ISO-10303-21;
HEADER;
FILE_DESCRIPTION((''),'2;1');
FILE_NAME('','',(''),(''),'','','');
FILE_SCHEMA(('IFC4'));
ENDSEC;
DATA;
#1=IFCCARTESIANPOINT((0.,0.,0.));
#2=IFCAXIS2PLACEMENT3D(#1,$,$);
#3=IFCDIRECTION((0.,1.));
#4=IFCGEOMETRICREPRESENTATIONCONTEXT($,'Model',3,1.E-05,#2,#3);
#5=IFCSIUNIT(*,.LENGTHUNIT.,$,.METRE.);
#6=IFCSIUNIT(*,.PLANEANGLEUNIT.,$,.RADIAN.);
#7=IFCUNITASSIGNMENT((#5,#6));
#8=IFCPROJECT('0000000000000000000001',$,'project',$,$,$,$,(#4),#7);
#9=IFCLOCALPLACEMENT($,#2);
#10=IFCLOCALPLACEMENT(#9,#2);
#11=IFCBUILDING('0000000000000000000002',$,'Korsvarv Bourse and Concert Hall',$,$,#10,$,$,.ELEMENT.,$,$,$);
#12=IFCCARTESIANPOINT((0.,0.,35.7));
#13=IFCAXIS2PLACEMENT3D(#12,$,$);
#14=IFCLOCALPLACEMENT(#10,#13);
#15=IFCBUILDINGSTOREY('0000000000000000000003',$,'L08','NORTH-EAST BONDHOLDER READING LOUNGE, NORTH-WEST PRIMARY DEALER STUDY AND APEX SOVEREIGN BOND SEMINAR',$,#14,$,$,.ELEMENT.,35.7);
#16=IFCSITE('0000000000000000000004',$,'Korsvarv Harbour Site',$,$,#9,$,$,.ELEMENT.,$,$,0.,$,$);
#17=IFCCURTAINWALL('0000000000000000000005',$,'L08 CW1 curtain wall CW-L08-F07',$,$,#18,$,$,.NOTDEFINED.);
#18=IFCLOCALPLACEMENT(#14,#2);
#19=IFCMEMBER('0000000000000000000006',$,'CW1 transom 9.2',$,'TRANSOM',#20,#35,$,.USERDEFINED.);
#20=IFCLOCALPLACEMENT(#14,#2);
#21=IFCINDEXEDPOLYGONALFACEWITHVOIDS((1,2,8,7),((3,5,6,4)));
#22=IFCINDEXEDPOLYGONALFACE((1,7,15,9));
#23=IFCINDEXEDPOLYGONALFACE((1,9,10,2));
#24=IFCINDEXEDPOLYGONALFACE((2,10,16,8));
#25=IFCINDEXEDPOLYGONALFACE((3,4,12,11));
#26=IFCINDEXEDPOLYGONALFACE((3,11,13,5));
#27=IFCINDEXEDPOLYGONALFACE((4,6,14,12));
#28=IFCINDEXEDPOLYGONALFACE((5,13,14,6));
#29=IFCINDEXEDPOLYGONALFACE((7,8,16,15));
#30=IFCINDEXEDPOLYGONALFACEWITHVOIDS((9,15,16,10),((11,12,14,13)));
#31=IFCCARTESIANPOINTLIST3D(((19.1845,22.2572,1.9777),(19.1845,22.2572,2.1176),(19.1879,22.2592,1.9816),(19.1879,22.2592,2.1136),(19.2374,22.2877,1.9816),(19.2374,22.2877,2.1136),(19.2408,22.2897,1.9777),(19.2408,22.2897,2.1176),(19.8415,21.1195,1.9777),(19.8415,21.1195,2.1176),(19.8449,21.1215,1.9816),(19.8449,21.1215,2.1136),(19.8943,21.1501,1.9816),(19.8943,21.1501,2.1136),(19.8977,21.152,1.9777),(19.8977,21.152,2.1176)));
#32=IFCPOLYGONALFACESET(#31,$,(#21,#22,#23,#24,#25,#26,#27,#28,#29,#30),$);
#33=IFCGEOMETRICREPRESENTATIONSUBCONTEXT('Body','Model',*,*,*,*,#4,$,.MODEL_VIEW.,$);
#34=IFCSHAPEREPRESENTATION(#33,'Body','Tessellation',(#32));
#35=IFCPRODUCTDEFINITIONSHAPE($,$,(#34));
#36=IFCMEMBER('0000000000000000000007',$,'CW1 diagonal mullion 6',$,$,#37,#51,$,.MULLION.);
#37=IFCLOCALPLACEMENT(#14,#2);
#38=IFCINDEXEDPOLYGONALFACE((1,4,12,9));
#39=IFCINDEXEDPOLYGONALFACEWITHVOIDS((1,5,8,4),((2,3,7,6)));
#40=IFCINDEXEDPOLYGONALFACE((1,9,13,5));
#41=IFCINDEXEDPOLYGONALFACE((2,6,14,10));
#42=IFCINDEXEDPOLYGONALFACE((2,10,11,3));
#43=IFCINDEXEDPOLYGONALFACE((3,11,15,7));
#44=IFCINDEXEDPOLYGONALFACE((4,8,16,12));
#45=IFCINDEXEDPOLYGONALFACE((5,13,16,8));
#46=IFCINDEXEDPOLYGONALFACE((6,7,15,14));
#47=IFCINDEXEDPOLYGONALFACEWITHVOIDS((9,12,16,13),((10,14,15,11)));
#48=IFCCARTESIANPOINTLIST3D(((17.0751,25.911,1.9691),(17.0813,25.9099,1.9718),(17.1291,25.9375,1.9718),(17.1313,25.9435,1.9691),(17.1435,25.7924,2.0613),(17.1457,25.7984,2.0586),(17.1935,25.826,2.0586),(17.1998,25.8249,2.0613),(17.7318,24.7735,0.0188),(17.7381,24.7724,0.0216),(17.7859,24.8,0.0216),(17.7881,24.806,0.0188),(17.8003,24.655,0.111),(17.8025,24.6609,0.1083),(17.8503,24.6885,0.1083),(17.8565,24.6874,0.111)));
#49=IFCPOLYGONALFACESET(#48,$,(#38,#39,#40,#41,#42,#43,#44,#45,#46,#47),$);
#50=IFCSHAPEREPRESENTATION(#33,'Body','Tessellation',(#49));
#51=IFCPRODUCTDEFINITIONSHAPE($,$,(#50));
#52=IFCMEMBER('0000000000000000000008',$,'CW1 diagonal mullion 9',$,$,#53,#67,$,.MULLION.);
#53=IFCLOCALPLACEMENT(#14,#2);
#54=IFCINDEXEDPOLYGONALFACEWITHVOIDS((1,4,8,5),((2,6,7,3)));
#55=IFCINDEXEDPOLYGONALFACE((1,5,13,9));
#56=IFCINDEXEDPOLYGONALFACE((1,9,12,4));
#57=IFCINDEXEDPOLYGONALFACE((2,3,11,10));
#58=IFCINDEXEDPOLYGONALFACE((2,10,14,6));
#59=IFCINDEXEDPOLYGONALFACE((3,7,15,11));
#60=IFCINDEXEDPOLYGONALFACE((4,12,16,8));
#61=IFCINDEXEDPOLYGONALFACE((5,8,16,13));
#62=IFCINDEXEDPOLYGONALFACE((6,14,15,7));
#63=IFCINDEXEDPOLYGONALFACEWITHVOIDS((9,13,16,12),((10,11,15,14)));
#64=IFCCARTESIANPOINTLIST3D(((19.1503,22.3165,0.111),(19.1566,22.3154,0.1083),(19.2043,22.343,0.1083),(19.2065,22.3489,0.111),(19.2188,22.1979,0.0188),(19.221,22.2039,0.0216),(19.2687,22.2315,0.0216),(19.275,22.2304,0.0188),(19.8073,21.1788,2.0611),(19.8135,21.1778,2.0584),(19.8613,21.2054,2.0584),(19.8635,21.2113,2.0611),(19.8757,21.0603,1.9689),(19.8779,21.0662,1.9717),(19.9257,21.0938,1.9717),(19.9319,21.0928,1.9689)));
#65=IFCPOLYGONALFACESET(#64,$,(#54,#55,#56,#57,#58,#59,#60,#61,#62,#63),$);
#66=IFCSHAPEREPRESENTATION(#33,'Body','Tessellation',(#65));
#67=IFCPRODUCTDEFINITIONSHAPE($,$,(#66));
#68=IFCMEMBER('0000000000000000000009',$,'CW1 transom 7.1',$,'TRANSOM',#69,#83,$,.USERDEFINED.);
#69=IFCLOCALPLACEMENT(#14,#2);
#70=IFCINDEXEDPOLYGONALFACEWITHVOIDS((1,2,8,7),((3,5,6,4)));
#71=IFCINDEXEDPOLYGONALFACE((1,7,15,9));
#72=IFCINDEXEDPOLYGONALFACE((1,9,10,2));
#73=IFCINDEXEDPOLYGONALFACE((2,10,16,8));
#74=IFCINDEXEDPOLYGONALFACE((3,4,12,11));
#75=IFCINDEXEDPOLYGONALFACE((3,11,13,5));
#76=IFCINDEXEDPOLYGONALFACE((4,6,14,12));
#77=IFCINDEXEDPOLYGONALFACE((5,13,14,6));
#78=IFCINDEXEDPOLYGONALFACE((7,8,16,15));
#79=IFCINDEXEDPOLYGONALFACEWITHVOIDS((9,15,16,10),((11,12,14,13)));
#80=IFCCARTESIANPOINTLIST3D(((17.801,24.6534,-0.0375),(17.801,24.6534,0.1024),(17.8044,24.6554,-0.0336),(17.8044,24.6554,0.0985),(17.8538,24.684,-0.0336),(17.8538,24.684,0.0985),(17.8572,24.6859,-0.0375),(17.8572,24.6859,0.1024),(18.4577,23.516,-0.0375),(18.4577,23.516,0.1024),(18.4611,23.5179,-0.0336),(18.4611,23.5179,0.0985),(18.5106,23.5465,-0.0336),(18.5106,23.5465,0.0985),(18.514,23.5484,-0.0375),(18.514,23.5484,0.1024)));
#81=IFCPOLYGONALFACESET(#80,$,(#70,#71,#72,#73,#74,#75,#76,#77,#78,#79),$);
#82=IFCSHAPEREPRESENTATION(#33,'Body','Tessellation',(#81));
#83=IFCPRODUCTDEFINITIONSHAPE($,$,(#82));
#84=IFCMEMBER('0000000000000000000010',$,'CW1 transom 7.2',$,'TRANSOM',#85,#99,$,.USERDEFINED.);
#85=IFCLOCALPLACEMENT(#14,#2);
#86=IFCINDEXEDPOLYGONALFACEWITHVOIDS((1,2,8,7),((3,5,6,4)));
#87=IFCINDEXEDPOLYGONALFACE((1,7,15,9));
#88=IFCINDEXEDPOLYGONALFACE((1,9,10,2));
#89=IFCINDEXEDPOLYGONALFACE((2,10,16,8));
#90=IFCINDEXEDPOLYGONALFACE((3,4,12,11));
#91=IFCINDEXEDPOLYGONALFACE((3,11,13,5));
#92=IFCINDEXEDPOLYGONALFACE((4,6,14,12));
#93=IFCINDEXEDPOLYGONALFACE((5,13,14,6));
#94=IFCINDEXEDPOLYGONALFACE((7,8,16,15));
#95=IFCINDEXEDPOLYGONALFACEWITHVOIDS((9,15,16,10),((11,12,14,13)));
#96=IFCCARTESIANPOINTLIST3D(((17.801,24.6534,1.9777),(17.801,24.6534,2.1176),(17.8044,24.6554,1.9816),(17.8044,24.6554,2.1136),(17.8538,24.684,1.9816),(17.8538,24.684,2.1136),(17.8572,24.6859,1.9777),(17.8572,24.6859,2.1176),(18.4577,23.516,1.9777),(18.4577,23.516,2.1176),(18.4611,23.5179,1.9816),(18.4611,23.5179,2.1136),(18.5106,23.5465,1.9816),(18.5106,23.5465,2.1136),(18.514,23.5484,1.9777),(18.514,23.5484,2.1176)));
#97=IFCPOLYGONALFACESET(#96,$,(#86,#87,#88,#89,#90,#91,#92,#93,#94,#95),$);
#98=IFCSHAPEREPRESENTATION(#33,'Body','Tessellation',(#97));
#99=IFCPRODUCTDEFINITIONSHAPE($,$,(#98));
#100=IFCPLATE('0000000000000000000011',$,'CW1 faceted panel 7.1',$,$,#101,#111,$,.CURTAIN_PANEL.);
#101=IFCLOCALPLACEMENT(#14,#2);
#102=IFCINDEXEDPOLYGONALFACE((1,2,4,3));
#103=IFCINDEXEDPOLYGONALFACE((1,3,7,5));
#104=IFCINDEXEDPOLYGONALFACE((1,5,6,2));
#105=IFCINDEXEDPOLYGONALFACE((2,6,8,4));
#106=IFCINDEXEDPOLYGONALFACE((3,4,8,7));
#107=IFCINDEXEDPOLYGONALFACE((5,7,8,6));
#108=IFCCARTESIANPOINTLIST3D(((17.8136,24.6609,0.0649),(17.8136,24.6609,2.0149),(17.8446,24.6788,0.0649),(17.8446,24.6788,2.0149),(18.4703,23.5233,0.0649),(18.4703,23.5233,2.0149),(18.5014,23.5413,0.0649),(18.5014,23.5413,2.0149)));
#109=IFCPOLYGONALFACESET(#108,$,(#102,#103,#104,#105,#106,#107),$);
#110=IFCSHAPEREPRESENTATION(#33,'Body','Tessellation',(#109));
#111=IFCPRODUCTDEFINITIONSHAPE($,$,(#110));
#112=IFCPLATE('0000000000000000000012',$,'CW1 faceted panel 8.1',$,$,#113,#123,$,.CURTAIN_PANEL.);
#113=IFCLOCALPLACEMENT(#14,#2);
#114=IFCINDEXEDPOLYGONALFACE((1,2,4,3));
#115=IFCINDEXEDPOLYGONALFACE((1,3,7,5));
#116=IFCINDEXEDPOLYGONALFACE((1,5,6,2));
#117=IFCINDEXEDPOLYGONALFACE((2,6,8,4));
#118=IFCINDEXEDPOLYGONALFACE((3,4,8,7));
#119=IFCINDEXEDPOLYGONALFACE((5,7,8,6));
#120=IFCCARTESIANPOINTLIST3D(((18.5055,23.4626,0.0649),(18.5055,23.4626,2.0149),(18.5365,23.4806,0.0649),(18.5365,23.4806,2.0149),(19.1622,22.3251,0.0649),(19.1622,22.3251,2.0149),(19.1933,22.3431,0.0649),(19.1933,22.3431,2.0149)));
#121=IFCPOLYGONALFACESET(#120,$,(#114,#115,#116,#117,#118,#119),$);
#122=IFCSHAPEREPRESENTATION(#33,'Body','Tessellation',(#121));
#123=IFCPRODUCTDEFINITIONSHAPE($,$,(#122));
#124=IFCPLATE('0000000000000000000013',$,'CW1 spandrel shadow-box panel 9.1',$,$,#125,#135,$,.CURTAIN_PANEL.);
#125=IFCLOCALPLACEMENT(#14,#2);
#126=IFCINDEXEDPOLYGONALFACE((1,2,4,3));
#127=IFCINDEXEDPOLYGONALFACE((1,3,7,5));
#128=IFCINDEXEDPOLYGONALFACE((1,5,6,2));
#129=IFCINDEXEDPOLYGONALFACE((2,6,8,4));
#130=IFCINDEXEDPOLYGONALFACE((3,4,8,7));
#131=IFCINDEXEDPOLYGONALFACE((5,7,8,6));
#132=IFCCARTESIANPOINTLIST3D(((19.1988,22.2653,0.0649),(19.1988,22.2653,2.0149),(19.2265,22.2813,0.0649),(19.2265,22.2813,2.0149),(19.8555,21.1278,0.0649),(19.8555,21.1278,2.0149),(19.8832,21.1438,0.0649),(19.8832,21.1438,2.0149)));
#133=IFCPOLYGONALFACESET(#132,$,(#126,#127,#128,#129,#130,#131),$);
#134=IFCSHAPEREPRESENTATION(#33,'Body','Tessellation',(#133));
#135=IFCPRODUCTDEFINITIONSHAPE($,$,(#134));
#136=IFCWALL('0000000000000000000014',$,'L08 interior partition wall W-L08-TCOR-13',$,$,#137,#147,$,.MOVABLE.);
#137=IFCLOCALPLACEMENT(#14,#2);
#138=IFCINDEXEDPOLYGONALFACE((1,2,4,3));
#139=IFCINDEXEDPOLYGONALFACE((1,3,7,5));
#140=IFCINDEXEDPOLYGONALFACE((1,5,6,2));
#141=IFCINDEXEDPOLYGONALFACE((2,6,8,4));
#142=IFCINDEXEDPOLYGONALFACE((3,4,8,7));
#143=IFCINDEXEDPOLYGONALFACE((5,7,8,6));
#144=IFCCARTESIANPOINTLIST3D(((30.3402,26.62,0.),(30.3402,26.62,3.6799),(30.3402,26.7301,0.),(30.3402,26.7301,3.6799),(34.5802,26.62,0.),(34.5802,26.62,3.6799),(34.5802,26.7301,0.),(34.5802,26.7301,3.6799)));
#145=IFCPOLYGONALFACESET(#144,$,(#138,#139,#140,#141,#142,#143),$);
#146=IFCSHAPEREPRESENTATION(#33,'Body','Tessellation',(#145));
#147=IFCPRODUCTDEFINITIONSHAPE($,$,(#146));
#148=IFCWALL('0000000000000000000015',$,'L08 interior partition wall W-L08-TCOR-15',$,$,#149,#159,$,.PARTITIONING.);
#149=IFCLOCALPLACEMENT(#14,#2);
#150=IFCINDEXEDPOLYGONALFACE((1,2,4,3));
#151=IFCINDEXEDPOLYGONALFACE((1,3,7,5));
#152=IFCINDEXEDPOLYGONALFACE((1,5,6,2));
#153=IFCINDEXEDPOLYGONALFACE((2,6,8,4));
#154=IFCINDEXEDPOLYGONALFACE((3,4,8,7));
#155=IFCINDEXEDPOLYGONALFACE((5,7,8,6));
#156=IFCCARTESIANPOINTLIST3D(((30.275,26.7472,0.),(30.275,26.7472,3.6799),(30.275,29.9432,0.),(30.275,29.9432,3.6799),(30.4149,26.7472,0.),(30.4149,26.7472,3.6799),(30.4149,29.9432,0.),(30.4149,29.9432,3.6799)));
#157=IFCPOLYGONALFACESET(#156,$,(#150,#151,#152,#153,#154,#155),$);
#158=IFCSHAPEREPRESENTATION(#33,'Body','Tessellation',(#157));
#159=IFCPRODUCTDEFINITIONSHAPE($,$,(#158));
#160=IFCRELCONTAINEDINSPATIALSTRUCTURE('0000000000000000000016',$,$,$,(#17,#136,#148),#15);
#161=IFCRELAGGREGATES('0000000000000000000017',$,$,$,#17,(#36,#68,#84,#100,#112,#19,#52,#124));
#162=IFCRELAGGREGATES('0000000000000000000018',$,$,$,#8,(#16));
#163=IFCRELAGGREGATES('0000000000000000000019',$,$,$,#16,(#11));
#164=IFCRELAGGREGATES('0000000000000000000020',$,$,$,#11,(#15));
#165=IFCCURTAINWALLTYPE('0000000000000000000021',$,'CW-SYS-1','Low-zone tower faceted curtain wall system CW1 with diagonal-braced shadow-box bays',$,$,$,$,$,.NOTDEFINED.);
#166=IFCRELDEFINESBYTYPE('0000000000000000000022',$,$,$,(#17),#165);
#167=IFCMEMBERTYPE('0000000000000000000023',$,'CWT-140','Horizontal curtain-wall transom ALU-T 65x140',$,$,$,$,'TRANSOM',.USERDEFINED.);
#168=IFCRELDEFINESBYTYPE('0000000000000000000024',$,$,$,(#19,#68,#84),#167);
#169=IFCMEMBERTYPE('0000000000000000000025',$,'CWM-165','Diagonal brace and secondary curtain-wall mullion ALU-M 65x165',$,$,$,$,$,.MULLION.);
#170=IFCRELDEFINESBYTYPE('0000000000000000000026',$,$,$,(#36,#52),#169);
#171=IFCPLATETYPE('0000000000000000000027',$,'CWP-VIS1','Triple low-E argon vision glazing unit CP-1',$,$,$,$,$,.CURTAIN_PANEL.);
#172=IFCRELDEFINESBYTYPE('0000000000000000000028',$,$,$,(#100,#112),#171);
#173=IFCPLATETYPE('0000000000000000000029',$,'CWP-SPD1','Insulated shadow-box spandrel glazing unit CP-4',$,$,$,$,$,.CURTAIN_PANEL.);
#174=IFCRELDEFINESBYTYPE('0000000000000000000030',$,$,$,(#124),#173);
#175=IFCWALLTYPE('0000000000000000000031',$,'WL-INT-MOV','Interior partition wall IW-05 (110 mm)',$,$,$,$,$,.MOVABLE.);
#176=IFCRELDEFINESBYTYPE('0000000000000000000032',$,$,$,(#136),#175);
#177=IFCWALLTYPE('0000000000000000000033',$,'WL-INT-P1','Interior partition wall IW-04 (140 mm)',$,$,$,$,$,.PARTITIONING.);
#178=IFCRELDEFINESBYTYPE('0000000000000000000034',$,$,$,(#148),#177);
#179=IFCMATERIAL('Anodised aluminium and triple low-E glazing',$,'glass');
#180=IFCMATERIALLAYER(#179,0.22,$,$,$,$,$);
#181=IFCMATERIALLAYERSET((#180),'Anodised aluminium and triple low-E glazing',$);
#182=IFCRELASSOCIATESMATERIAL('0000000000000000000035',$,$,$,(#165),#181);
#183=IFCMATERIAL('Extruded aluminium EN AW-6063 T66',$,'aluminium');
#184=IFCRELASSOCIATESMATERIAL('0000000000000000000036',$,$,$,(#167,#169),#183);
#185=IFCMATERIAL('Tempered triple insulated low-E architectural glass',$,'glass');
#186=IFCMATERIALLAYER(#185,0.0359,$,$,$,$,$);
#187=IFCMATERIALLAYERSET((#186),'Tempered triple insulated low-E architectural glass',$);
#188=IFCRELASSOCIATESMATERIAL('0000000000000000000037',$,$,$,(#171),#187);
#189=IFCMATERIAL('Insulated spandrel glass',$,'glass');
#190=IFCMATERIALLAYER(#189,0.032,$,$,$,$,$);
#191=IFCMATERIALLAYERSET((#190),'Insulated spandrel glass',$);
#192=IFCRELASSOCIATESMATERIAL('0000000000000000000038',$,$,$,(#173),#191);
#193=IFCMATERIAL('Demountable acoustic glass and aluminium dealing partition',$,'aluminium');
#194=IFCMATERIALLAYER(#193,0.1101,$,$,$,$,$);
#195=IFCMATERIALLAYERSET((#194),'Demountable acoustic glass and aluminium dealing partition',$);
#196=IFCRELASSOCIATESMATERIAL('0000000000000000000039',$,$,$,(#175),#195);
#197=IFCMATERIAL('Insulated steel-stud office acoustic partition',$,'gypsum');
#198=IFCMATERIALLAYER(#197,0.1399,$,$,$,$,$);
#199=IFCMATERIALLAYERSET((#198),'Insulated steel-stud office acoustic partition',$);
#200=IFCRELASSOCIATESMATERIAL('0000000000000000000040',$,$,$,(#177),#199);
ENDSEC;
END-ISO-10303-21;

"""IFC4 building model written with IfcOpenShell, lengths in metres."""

from ifc_helpers import new_model, si_unit, direction, frame, frame_2d, origin, origin_2d, place, context, subcontext, project, spatial, rectangle, hollow_rectangle, extrude, source, transform, mapped, material, layer, layer_set, material_profile, profile_set, type_object, element, aggregate, save


model = new_model("IFC4")

# Units and contexts
model_context = context("Model", 3, precision=1e-05, world=origin(), true_north=direction((0.0, 1.0)))
body_context = subcontext(model_context, "Body", "Model", "MODEL_VIEW")
ifc_project = project(units=[si_unit("LENGTHUNIT", "METRE"), si_unit("PLANEANGLEUNIT", "RADIAN")], contexts=[model_context])

# Site, building, storey
site_placement = place(None, origin())
site = spatial("IfcSite", under=ifc_project, at=site_placement, Name="Korsvarv Harbour Site", CompositionType="ELEMENT", RefElevation=0.0)
building_placement = place(site_placement, origin())
building = spatial("IfcBuilding", under=site, at=building_placement, Name="Korsvarv Bourse and Concert Hall", CompositionType="ELEMENT")
storey_placement = place(building_placement, frame((0.0, 0.0, 35.7)))
storey = spatial("IfcBuildingStorey", under=building, at=storey_placement, Name="L08", Description="NORTH-EAST BONDHOLDER READING LOUNGE, NORTH-WEST PRIMARY DEALER STUDY AND APEX SOVEREIGN BOND SEMINAR", CompositionType="ELEMENT", Elevation=35.7)

# Curtain wall, members, plates
ifc_material_1 = material(Name="Anodised aluminium and triple low-E glazing", Category="glass")
ifc_layer_1 = layer(ifc_material_1, 0.22)
ifc_layer_set_1 = layer_set([ifc_layer_1], Name="Anodised aluminium and triple low-E glazing")
curtain_wall_type = type_object("IfcCurtainWallType", Name="CW-SYS-1", Description="Low-zone tower faceted curtain wall system CW1 with diagonal-braced shadow-box bays", PredefinedType="NOTDEFINED", material=ifc_layer_set_1)
curtain_wall_placement = place(storey_placement, origin())
curtain_wall = element("IfcCurtainWall", 1, at=curtain_wall_placement, inside=storey, type_object=curtain_wall_type, Name="L08 CW1 curtain wall CW-L08-F07", PredefinedType="NOTDEFINED")
ifc_material_2 = material(Name="Extruded aluminium EN AW-6063 T66", Category="aluminium")
ifc_material_profile_1 = material_profile(ifc_material_2, hollow_rectangle(XDim=0.0649, YDim=0.1399, WallThickness=0.0039, at=origin_2d()), Name="ALU-T 65x140")
ifc_profile_set_1 = profile_set([ifc_material_profile_1], Name="Extruded aluminium EN AW-6063 T66")
member_type_1 = type_object("IfcMemberType", Name="CWT-140", Description="Horizontal curtain-wall transom ALU-T 65x140", ElementType="TRANSOM", PredefinedType="USERDEFINED", material=ifc_profile_set_1)
shared_shape_1 = source(origin(), body_context, "Body", "SweptSolid", [
    extrude(hollow_rectangle(XDim=0.0649, YDim=0.1399, WallThickness=0.0039, at=origin_2d()), origin(), (0.0, 0.0, 1.0), 1.3137),
])
member_1_placement = place(storey_placement, frame((19.2126, 22.2734, 2.0476), z_axis=(0.500076, -0.865981, 0.0), x_axis=(0.865981, 0.500076, 0.0)))
member_1 = element("IfcMember", 2, at=member_1_placement, type_object=member_type_1, Name="CW1 transom 9.2", ObjectType="TRANSOM", PredefinedType="USERDEFINED", context=body_context, shape_type="MappedRepresentation", body=[
    mapped(shared_shape_1, transform((0.0, 0.0, 0.0), scale=1.0)),
])
ifc_material_profile_2 = material_profile(ifc_material_2, hollow_rectangle(XDim=0.0649, YDim=0.165, WallThickness=0.0049, at=origin_2d()), Name="ALU-M 65x165")
ifc_profile_set_2 = profile_set([ifc_material_profile_2], Name="Extruded aluminium EN AW-6063 T66")
member_type_2 = type_object("IfcMemberType", Name="CWM-165", Description="Diagonal brace and secondary curtain-wall mullion ALU-M 65x165", PredefinedType="MULLION", material=ifc_profile_set_2)
shared_shape_2 = source(origin(), body_context, "Body", "SweptSolid", [
    extrude(hollow_rectangle(XDim=0.0649, YDim=0.165, WallThickness=0.0049, at=origin_2d()), origin(), (0.0, 0.0, 1.0), 2.3513),
])
member_2_placement = place(storey_placement, frame((17.7942, 24.7305, 0.0649), z_axis=(-0.279315, 0.483765, 0.82943), x_axis=(-0.866015, -0.500017, 0.0)))
member_2 = element("IfcMember", 3, at=member_2_placement, type_object=member_type_2, Name="CW1 diagonal mullion 6", PredefinedType="MULLION", context=body_context, shape_type="MappedRepresentation", body=[
    mapped(shared_shape_2, transform((0.0, 0.0, 0.0), scale=1.0)),
])
member_3_placement = place(storey_placement, frame((19.2126, 22.2734, 0.0649), z_axis=(0.279397, -0.483831, 0.829365), x_axis=(0.865981, 0.500076, 0.0)))
member_3 = element("IfcMember", 4, at=member_3_placement, type_object=member_type_2, Name="CW1 diagonal mullion 9", PredefinedType="MULLION", context=body_context, shape_type="MappedRepresentation", body=[
    mapped(shared_shape_2, transform((0.0, 0.0, 0.0), scale=1.0)),
])
shared_shape_3 = source(origin(), body_context, "Body", "SweptSolid", [
    extrude(hollow_rectangle(XDim=0.0649, YDim=0.1399, WallThickness=0.0039, at=origin_2d()), origin(), (0.0, 0.0, 1.0), 1.3135),
])
member_4_placement = place(storey_placement, frame((17.8291, 24.6697, 0.0325), z_axis=(0.500017, -0.866015, 0.0), x_axis=(0.866015, 0.500017, 0.0)))
member_4 = element("IfcMember", 5, at=member_4_placement, type_object=member_type_1, Name="CW1 transom 7.1", ObjectType="TRANSOM", PredefinedType="USERDEFINED", context=body_context, shape_type="MappedRepresentation", body=[
    mapped(shared_shape_3, transform((0.0, 0.0, 0.0), scale=1.0)),
])
member_5_placement = place(storey_placement, frame((17.8291, 24.6697, 2.0476), z_axis=(0.500017, -0.866015, 0.0), x_axis=(0.866015, 0.500017, 0.0)))
member_5 = element("IfcMember", 6, at=member_5_placement, type_object=member_type_1, Name="CW1 transom 7.2", ObjectType="TRANSOM", PredefinedType="USERDEFINED", context=body_context, shape_type="MappedRepresentation", body=[
    mapped(shared_shape_3, transform((0.0, 0.0, 0.0), scale=1.0)),
])
ifc_material_3 = material(Name="Tempered triple insulated low-E architectural glass", Category="glass")
ifc_layer_2 = layer(ifc_material_3, 0.0359)
ifc_layer_set_2 = layer_set([ifc_layer_2], Name="Tempered triple insulated low-E architectural glass")
plate_type_1 = type_object("IfcPlateType", Name="CWP-VIS1", Description="Triple low-E argon vision glazing unit CP-1", PredefinedType="CURTAIN_PANEL", material=ifc_layer_set_2)
shared_shape_4 = source(origin(), body_context, "Body", "SweptSolid", [
    extrude(rectangle(XDim=1.3135, YDim=0.0359, at=origin_2d()), origin(), (0.0, 0.0, 1.0), 1.95),
])
plate_1_placement = place(storey_placement, frame((18.1575, 24.1011, 0.0649), z_axis=(0.0, 0.0, 1.0), x_axis=(0.5, -0.866026, 0.0)))
plate_1 = element("IfcPlate", 7, at=plate_1_placement, type_object=plate_type_1, Name="CW1 faceted panel 7.1", PredefinedType="CURTAIN_PANEL", context=body_context, shape_type="MappedRepresentation", body=[
    mapped(shared_shape_4, transform((0.0, 0.0, 0.0), scale=1.0)),
])
plate_2_placement = place(storey_placement, frame((18.8494, 22.9028, 0.0649), z_axis=(0.0, 0.0, 1.0), x_axis=(0.5, -0.866026, 0.0)))
plate_2 = element("IfcPlate", 8, at=plate_2_placement, type_object=plate_type_1, Name="CW1 faceted panel 8.1", PredefinedType="CURTAIN_PANEL", context=body_context, shape_type="MappedRepresentation", body=[
    mapped(shared_shape_4, transform((0.0, 0.0, 0.0), scale=1.0)),
])
ifc_material_4 = material(Name="Insulated spandrel glass", Category="glass")
ifc_layer_3 = layer(ifc_material_4, 0.032)
ifc_layer_set_3 = layer_set([ifc_layer_3], Name="Insulated spandrel glass")
plate_type_2 = type_object("IfcPlateType", Name="CWP-SPD1", Description="Insulated shadow-box spandrel glazing unit CP-4", PredefinedType="CURTAIN_PANEL", material=ifc_layer_set_3)
shared_shape_5 = source(origin(), body_context, "Body", "SweptSolid", [
    extrude(rectangle(XDim=1.3135, YDim=0.032, at=origin_2d()), origin(), (0.0, 0.0, 1.0), 1.95),
])
plate_3_placement = place(storey_placement, frame((19.541, 21.7046, 0.0649), z_axis=(0.0, 0.0, 1.0), x_axis=(0.5, -0.866026, 0.0)))
plate_3 = element("IfcPlate", 9, at=plate_3_placement, type_object=plate_type_2, Name="CW1 spandrel shadow-box panel 9.1", PredefinedType="CURTAIN_PANEL", context=body_context, shape_type="MappedRepresentation", body=[
    mapped(shared_shape_5, transform((0.0, 0.0, 0.0), scale=1.0)),
])
aggregate(curtain_wall, [member_2, member_4, member_5, plate_1, plate_2, member_1, member_3, plate_3])

# Walls
ifc_material_5 = material(Name="Demountable acoustic glass and aluminium dealing partition", Category="aluminium")
ifc_layer_4 = layer(ifc_material_5, 0.1101)
ifc_layer_set_4 = layer_set([ifc_layer_4], Name="Demountable acoustic glass and aluminium dealing partition")
wall_type_1 = type_object("IfcWallType", Name="WL-INT-MOV", Description="Interior partition wall IW-05 (110 mm)", PredefinedType="MOVABLE", material=ifc_layer_set_4)
wall_1_placement = place(storey_placement, frame((30.3401, 26.675, 0.0), z_axis=(0.0, 0.0, 1.0), x_axis=(1.0, 0.0, 0.0)))
element("IfcWall", 10, at=wall_1_placement, inside=storey, type_object=wall_type_1, Name="L08 interior partition wall W-L08-TCOR-13", PredefinedType="MOVABLE", context=body_context, shape_type="SweptSolid", body=[
    extrude(rectangle(XDim=4.24, YDim=0.1101, at=frame_2d((2.1201, 0.0))), origin(), (0.0, 0.0, 1.0), 3.6799),
])
ifc_material_6 = material(Name="Insulated steel-stud office acoustic partition", Category="gypsum")
ifc_layer_5 = layer(ifc_material_6, 0.1399)
ifc_layer_set_5 = layer_set([ifc_layer_5], Name="Insulated steel-stud office acoustic partition")
wall_type_2 = type_object("IfcWallType", Name="WL-INT-P1", Description="Interior partition wall IW-04 (140 mm)", PredefinedType="PARTITIONING", material=ifc_layer_set_5)
wall_2_placement = place(storey_placement, frame((30.345, 26.7471, 0.0), z_axis=(0.0, 0.0, 1.0), x_axis=(0.0, 1.0, 0.0)))
element("IfcWall", 11, at=wall_2_placement, inside=storey, type_object=wall_type_2, Name="L08 interior partition wall W-L08-TCOR-15", PredefinedType="PARTITIONING", context=body_context, shape_type="SweptSolid", body=[
    extrude(rectangle(XDim=3.196, YDim=0.1399, at=frame_2d((1.5981, 0.0))), origin(), (0.0, 0.0, 1.0), 3.6799),
])

save(model, "model.ifc")
